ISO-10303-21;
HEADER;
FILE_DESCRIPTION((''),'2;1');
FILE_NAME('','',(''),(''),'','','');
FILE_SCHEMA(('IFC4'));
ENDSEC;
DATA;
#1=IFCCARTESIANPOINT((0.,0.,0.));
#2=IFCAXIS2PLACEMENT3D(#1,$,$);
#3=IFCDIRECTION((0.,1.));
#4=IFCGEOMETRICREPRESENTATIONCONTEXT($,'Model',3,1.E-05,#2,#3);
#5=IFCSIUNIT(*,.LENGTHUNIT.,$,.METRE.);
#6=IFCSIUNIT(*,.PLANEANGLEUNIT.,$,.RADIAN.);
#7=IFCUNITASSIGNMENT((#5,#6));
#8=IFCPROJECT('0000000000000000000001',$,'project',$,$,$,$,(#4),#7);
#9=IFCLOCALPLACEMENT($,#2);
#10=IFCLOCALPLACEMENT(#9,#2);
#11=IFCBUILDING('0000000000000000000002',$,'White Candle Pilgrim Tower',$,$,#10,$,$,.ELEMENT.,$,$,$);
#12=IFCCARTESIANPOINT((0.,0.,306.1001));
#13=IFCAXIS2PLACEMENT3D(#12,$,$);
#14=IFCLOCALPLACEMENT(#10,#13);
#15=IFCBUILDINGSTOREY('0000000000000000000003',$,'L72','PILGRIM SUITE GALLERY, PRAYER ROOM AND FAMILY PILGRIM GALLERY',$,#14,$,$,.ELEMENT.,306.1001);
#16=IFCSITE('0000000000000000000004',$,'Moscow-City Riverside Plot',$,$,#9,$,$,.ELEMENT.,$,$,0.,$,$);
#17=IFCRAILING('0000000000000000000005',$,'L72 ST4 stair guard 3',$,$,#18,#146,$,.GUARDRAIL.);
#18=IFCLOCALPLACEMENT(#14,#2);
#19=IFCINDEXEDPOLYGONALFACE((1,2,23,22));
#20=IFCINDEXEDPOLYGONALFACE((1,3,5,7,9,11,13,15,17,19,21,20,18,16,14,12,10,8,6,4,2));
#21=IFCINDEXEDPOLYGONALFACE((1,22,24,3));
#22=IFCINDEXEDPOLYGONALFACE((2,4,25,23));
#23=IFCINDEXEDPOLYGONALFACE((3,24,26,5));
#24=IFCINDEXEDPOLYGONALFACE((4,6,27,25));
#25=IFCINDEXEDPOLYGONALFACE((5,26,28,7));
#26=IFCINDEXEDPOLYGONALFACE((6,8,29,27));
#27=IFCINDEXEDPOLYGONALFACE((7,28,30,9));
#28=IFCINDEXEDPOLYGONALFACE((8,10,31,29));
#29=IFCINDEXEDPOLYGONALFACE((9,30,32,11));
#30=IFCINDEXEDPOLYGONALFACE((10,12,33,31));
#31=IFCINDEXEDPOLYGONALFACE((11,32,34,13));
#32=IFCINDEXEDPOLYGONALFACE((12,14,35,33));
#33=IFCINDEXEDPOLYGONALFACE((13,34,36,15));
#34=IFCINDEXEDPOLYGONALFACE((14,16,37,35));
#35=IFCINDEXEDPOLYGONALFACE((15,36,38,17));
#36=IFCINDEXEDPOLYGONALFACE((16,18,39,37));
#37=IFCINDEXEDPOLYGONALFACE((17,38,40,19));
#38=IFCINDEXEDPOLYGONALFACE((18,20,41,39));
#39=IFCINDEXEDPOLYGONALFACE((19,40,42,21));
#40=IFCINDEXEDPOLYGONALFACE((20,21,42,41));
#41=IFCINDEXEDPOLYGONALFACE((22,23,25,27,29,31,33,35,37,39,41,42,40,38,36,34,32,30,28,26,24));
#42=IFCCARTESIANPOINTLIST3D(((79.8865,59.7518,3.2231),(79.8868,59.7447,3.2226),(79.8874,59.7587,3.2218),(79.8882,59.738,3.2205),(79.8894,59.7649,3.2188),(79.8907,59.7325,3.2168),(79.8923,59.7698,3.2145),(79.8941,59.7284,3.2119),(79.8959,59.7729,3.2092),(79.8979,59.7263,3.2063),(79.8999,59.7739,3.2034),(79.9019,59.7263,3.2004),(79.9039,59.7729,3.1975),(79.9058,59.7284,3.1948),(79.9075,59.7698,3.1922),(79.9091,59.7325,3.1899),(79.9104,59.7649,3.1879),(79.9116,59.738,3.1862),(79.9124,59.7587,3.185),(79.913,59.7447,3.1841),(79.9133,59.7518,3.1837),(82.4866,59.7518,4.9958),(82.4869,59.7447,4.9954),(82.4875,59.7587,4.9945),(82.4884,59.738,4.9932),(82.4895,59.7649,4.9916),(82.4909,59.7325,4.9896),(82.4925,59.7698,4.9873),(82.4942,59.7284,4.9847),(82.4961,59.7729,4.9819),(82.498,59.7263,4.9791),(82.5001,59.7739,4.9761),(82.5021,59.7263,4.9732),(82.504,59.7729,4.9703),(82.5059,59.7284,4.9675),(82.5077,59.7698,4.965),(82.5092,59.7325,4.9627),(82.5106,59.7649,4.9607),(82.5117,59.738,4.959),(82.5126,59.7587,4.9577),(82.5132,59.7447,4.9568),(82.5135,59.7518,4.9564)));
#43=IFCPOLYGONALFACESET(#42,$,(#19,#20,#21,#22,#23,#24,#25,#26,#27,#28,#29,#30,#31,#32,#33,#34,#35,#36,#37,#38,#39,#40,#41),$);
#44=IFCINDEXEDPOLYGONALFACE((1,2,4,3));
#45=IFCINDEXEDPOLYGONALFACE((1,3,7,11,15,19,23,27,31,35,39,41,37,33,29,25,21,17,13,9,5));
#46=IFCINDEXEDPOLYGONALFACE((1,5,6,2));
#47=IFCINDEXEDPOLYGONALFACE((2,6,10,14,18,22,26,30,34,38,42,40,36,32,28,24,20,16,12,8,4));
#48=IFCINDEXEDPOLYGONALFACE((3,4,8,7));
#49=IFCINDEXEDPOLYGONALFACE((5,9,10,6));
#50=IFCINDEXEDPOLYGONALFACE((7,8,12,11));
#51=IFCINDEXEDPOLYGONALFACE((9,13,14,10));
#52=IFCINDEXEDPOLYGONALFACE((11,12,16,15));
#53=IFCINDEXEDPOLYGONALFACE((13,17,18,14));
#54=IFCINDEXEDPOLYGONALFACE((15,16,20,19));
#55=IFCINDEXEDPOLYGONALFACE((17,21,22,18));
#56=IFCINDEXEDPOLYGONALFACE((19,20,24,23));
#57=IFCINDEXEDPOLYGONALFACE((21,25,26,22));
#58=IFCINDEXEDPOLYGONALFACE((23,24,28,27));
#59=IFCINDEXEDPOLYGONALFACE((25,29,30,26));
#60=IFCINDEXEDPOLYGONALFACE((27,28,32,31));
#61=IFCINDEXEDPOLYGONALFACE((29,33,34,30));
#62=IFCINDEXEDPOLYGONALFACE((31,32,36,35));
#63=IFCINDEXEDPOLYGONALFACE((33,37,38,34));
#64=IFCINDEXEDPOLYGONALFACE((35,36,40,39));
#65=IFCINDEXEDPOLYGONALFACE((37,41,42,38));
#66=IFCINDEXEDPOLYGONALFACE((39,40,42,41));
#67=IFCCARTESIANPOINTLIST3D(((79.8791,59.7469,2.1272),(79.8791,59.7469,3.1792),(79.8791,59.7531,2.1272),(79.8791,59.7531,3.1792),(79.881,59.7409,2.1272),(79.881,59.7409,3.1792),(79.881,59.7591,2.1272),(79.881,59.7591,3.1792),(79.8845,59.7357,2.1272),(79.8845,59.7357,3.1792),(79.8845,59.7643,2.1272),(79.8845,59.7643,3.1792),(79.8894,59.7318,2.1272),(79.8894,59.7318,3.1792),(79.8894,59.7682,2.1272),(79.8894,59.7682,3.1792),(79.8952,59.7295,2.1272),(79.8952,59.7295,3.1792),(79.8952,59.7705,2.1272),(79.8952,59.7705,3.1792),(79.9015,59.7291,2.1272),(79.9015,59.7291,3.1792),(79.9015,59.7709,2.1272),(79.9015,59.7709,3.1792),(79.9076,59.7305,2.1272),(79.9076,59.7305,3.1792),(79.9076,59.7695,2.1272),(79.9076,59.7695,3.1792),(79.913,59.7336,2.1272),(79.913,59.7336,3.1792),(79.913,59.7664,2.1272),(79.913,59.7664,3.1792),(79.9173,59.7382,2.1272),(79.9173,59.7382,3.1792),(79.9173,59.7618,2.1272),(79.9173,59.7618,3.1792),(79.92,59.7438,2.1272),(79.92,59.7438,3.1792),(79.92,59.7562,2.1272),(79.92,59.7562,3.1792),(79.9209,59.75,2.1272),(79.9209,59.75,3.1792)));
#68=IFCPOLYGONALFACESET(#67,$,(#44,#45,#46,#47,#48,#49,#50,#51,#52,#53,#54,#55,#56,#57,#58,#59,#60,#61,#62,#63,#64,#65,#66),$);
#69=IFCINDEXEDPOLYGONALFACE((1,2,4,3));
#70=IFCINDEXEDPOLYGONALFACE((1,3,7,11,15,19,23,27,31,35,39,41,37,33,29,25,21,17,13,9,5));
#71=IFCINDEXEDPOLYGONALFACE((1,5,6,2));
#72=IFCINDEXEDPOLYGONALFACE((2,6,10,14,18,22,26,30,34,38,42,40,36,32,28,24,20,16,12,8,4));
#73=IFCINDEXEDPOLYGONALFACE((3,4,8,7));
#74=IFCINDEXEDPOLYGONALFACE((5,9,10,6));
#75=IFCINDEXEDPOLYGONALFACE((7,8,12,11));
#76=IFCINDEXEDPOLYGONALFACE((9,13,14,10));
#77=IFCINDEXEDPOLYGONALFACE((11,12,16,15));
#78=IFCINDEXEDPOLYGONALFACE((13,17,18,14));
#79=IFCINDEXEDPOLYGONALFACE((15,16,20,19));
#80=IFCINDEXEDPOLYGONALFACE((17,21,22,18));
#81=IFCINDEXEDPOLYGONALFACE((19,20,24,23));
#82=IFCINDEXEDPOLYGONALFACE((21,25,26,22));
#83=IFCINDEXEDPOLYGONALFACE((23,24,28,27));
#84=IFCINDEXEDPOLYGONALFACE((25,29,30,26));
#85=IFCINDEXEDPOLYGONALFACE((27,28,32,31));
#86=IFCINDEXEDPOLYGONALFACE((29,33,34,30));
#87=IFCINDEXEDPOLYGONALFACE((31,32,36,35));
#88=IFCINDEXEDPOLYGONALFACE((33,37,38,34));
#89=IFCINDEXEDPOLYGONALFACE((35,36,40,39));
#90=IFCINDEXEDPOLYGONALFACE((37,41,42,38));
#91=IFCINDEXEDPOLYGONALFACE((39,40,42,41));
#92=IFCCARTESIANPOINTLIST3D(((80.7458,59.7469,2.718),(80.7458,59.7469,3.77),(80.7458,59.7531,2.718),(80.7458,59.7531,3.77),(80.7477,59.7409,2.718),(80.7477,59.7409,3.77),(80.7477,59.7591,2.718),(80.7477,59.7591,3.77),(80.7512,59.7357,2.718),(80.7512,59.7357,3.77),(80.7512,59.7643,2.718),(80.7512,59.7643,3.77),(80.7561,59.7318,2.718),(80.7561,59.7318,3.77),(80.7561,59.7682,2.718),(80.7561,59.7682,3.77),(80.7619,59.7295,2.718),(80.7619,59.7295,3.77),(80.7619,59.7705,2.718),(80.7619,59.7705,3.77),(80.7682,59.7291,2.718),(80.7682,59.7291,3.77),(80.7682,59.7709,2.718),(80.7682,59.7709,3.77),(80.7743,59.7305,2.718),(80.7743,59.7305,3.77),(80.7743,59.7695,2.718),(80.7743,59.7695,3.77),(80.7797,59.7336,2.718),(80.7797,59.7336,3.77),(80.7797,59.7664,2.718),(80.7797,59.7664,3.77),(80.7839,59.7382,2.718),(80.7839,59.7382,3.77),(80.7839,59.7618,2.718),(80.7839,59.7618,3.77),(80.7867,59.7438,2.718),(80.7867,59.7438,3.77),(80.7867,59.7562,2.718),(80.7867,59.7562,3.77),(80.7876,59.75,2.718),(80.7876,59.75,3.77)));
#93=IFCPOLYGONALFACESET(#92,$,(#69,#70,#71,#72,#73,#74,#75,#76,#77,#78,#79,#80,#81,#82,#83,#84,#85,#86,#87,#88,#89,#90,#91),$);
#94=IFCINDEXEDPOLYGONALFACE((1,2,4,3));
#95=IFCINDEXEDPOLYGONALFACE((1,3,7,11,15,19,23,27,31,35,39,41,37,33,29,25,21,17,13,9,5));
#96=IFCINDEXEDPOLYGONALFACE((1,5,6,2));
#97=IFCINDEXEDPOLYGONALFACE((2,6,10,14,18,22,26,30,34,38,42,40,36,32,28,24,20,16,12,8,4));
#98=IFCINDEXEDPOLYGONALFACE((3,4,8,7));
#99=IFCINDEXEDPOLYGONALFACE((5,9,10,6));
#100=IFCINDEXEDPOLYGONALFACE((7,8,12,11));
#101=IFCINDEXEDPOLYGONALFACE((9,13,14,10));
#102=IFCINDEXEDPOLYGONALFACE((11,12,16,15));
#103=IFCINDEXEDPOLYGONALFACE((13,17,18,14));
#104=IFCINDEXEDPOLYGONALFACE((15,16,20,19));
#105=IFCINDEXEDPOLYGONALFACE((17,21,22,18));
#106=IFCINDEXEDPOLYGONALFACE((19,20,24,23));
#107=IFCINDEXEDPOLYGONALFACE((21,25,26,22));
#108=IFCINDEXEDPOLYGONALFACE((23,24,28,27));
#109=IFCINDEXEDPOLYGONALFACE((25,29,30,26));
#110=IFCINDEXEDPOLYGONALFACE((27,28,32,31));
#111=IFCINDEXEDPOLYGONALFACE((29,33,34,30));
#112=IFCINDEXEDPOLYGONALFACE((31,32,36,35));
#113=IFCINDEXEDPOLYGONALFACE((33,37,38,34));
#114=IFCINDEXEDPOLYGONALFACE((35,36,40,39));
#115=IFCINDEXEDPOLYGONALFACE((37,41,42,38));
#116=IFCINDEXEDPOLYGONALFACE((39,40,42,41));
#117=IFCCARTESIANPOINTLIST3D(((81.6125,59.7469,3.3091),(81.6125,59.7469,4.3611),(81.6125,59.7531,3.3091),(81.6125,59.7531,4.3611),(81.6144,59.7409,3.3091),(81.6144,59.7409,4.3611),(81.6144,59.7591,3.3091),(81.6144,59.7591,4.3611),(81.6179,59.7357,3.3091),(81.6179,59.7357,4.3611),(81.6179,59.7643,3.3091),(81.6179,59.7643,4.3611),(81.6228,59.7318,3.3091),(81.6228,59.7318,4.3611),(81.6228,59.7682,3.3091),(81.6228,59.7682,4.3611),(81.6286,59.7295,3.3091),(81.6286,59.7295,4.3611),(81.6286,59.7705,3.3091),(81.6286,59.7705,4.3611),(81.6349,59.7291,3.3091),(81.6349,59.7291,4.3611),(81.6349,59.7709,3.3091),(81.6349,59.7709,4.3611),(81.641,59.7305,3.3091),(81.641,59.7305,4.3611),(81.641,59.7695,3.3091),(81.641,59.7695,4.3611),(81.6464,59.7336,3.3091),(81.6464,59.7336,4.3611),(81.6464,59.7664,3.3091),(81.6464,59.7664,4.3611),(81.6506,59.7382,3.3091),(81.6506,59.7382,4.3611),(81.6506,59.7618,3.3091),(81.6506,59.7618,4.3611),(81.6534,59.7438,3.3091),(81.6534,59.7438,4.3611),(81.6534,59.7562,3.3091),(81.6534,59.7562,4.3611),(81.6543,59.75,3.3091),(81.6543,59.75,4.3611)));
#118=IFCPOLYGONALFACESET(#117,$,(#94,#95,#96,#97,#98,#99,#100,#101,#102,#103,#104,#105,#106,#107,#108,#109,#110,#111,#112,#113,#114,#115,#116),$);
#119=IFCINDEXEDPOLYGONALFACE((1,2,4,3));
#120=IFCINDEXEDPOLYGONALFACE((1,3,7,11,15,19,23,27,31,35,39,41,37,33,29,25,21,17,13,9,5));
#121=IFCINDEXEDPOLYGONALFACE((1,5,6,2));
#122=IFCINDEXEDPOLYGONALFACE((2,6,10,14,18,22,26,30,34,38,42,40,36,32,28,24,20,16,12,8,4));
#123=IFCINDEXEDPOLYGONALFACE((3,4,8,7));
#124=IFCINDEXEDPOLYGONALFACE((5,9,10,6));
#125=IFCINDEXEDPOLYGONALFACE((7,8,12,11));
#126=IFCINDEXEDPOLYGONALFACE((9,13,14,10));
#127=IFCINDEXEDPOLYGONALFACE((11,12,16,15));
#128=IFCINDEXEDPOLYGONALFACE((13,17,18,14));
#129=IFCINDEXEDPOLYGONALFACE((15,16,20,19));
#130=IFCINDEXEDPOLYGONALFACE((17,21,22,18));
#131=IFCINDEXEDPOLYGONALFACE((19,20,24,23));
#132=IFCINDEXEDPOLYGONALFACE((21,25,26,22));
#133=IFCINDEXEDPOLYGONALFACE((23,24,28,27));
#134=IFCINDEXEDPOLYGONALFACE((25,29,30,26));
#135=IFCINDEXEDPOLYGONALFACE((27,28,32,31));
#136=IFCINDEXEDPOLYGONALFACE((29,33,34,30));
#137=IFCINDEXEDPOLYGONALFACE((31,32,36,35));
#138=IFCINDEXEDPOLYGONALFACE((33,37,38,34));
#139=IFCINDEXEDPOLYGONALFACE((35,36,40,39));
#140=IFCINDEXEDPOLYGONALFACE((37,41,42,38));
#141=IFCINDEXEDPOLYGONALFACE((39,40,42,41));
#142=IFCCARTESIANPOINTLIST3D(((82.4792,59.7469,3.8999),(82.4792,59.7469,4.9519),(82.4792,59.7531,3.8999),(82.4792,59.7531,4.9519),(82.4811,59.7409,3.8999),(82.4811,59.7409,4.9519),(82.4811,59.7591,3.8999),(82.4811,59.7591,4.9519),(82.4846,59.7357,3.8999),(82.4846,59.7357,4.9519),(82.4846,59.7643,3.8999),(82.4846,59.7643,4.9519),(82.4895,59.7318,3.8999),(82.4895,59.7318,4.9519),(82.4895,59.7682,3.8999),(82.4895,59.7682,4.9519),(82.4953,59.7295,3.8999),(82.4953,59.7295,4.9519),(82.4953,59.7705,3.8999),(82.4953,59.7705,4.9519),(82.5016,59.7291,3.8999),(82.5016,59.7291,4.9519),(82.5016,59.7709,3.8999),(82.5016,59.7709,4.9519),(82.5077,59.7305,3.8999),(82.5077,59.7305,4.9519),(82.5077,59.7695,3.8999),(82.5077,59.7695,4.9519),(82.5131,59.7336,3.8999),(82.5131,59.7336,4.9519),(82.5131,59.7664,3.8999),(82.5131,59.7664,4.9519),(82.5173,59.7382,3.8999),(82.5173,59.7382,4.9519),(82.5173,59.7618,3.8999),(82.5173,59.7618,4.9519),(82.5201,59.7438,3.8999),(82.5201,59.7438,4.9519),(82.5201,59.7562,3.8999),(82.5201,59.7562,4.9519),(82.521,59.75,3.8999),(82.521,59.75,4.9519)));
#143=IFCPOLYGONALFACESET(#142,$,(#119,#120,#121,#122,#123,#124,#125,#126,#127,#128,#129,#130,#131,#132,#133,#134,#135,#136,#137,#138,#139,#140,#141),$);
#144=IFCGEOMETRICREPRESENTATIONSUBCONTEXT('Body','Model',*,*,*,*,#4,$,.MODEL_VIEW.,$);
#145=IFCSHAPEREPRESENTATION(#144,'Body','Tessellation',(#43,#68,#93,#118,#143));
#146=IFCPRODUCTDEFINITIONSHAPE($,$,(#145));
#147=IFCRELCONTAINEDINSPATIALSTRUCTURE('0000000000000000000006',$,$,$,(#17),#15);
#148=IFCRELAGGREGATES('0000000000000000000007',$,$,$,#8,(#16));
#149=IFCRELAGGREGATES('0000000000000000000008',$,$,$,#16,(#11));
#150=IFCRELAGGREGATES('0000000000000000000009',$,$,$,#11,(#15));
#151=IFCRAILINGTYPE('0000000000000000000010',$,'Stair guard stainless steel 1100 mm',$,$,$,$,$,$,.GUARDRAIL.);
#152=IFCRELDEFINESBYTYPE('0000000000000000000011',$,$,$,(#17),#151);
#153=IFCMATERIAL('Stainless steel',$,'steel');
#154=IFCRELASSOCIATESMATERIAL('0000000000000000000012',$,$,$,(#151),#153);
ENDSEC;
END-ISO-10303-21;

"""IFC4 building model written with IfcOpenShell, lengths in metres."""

from ifc_helpers import new_model, si_unit, direction, frame, origin, origin_2d, place, context, subcontext, project, spatial, circle, extrude, material, type_object, element, save


model = new_model("IFC4")

# Units and contexts
model_context = context("Model", 3, precision=1e-05, world=origin(), true_north=direction((0.0, 1.0)))
body_context = subcontext(model_context, "Body", "Model", "MODEL_VIEW")
ifc_project = project(units=[si_unit("LENGTHUNIT", "METRE"), si_unit("PLANEANGLEUNIT", "RADIAN")], contexts=[model_context])

# Site, building, storey
site_placement = place(None, origin())
site = spatial("IfcSite", under=ifc_project, at=site_placement, Name="Moscow-City Riverside Plot", CompositionType="ELEMENT", RefElevation=0.0)
building_placement = place(site_placement, origin())
building = spatial("IfcBuilding", under=site, at=building_placement, Name="White Candle Pilgrim Tower", CompositionType="ELEMENT")
storey_placement = place(building_placement, frame((0.0, 0.0, 306.1001)))
storey = spatial("IfcBuildingStorey", under=building, at=storey_placement, Name="L72", Description="PILGRIM SUITE GALLERY, PRAYER ROOM AND FAMILY PILGRIM GALLERY", CompositionType="ELEMENT", Elevation=306.1001)

# Railing
ifc_material_1 = material(Name="Stainless steel", Category="steel")
railing_type_1 = type_object("IfcRailingType", Name="Stair guard stainless steel 1100 mm", PredefinedType="GUARDRAIL", material=ifc_material_1)
railing_1_placement = place(storey_placement, frame((79.8999, 59.75, 2.1272)))
element("IfcRailing", 1, at=railing_1_placement, inside=storey, type_object=railing_type_1, Name="L72 ST4 stair guard 3", PredefinedType="GUARDRAIL", context=body_context, shape_type="SweptSolid", body=[
    extrude(circle(Radius=0.0239, at=origin_2d()), frame((0.0, 0.0, 1.0762), z_axis=(0.82624, 0.0, 0.563318), x_axis=(0.0, 1.0, 0.0)), (0.0, 0.0, 1.0), 3.147),
    extrude(circle(Radius=0.021, at=origin_2d()), origin(), (0.0, 0.0, 1.0), 1.052),
    extrude(circle(Radius=0.021, at=origin_2d()), frame((0.8667, 0.0, 0.5908)), (0.0, 0.0, 1.0), 1.052),
    extrude(circle(Radius=0.021, at=origin_2d()), frame((1.7334, 0.0, 1.1819)), (0.0, 0.0, 1.0), 1.052),
    extrude(circle(Radius=0.021, at=origin_2d()), frame((2.6001, 0.0, 1.7727)), (0.0, 0.0, 1.0), 1.052),
])

save(model, "model.ifc")
